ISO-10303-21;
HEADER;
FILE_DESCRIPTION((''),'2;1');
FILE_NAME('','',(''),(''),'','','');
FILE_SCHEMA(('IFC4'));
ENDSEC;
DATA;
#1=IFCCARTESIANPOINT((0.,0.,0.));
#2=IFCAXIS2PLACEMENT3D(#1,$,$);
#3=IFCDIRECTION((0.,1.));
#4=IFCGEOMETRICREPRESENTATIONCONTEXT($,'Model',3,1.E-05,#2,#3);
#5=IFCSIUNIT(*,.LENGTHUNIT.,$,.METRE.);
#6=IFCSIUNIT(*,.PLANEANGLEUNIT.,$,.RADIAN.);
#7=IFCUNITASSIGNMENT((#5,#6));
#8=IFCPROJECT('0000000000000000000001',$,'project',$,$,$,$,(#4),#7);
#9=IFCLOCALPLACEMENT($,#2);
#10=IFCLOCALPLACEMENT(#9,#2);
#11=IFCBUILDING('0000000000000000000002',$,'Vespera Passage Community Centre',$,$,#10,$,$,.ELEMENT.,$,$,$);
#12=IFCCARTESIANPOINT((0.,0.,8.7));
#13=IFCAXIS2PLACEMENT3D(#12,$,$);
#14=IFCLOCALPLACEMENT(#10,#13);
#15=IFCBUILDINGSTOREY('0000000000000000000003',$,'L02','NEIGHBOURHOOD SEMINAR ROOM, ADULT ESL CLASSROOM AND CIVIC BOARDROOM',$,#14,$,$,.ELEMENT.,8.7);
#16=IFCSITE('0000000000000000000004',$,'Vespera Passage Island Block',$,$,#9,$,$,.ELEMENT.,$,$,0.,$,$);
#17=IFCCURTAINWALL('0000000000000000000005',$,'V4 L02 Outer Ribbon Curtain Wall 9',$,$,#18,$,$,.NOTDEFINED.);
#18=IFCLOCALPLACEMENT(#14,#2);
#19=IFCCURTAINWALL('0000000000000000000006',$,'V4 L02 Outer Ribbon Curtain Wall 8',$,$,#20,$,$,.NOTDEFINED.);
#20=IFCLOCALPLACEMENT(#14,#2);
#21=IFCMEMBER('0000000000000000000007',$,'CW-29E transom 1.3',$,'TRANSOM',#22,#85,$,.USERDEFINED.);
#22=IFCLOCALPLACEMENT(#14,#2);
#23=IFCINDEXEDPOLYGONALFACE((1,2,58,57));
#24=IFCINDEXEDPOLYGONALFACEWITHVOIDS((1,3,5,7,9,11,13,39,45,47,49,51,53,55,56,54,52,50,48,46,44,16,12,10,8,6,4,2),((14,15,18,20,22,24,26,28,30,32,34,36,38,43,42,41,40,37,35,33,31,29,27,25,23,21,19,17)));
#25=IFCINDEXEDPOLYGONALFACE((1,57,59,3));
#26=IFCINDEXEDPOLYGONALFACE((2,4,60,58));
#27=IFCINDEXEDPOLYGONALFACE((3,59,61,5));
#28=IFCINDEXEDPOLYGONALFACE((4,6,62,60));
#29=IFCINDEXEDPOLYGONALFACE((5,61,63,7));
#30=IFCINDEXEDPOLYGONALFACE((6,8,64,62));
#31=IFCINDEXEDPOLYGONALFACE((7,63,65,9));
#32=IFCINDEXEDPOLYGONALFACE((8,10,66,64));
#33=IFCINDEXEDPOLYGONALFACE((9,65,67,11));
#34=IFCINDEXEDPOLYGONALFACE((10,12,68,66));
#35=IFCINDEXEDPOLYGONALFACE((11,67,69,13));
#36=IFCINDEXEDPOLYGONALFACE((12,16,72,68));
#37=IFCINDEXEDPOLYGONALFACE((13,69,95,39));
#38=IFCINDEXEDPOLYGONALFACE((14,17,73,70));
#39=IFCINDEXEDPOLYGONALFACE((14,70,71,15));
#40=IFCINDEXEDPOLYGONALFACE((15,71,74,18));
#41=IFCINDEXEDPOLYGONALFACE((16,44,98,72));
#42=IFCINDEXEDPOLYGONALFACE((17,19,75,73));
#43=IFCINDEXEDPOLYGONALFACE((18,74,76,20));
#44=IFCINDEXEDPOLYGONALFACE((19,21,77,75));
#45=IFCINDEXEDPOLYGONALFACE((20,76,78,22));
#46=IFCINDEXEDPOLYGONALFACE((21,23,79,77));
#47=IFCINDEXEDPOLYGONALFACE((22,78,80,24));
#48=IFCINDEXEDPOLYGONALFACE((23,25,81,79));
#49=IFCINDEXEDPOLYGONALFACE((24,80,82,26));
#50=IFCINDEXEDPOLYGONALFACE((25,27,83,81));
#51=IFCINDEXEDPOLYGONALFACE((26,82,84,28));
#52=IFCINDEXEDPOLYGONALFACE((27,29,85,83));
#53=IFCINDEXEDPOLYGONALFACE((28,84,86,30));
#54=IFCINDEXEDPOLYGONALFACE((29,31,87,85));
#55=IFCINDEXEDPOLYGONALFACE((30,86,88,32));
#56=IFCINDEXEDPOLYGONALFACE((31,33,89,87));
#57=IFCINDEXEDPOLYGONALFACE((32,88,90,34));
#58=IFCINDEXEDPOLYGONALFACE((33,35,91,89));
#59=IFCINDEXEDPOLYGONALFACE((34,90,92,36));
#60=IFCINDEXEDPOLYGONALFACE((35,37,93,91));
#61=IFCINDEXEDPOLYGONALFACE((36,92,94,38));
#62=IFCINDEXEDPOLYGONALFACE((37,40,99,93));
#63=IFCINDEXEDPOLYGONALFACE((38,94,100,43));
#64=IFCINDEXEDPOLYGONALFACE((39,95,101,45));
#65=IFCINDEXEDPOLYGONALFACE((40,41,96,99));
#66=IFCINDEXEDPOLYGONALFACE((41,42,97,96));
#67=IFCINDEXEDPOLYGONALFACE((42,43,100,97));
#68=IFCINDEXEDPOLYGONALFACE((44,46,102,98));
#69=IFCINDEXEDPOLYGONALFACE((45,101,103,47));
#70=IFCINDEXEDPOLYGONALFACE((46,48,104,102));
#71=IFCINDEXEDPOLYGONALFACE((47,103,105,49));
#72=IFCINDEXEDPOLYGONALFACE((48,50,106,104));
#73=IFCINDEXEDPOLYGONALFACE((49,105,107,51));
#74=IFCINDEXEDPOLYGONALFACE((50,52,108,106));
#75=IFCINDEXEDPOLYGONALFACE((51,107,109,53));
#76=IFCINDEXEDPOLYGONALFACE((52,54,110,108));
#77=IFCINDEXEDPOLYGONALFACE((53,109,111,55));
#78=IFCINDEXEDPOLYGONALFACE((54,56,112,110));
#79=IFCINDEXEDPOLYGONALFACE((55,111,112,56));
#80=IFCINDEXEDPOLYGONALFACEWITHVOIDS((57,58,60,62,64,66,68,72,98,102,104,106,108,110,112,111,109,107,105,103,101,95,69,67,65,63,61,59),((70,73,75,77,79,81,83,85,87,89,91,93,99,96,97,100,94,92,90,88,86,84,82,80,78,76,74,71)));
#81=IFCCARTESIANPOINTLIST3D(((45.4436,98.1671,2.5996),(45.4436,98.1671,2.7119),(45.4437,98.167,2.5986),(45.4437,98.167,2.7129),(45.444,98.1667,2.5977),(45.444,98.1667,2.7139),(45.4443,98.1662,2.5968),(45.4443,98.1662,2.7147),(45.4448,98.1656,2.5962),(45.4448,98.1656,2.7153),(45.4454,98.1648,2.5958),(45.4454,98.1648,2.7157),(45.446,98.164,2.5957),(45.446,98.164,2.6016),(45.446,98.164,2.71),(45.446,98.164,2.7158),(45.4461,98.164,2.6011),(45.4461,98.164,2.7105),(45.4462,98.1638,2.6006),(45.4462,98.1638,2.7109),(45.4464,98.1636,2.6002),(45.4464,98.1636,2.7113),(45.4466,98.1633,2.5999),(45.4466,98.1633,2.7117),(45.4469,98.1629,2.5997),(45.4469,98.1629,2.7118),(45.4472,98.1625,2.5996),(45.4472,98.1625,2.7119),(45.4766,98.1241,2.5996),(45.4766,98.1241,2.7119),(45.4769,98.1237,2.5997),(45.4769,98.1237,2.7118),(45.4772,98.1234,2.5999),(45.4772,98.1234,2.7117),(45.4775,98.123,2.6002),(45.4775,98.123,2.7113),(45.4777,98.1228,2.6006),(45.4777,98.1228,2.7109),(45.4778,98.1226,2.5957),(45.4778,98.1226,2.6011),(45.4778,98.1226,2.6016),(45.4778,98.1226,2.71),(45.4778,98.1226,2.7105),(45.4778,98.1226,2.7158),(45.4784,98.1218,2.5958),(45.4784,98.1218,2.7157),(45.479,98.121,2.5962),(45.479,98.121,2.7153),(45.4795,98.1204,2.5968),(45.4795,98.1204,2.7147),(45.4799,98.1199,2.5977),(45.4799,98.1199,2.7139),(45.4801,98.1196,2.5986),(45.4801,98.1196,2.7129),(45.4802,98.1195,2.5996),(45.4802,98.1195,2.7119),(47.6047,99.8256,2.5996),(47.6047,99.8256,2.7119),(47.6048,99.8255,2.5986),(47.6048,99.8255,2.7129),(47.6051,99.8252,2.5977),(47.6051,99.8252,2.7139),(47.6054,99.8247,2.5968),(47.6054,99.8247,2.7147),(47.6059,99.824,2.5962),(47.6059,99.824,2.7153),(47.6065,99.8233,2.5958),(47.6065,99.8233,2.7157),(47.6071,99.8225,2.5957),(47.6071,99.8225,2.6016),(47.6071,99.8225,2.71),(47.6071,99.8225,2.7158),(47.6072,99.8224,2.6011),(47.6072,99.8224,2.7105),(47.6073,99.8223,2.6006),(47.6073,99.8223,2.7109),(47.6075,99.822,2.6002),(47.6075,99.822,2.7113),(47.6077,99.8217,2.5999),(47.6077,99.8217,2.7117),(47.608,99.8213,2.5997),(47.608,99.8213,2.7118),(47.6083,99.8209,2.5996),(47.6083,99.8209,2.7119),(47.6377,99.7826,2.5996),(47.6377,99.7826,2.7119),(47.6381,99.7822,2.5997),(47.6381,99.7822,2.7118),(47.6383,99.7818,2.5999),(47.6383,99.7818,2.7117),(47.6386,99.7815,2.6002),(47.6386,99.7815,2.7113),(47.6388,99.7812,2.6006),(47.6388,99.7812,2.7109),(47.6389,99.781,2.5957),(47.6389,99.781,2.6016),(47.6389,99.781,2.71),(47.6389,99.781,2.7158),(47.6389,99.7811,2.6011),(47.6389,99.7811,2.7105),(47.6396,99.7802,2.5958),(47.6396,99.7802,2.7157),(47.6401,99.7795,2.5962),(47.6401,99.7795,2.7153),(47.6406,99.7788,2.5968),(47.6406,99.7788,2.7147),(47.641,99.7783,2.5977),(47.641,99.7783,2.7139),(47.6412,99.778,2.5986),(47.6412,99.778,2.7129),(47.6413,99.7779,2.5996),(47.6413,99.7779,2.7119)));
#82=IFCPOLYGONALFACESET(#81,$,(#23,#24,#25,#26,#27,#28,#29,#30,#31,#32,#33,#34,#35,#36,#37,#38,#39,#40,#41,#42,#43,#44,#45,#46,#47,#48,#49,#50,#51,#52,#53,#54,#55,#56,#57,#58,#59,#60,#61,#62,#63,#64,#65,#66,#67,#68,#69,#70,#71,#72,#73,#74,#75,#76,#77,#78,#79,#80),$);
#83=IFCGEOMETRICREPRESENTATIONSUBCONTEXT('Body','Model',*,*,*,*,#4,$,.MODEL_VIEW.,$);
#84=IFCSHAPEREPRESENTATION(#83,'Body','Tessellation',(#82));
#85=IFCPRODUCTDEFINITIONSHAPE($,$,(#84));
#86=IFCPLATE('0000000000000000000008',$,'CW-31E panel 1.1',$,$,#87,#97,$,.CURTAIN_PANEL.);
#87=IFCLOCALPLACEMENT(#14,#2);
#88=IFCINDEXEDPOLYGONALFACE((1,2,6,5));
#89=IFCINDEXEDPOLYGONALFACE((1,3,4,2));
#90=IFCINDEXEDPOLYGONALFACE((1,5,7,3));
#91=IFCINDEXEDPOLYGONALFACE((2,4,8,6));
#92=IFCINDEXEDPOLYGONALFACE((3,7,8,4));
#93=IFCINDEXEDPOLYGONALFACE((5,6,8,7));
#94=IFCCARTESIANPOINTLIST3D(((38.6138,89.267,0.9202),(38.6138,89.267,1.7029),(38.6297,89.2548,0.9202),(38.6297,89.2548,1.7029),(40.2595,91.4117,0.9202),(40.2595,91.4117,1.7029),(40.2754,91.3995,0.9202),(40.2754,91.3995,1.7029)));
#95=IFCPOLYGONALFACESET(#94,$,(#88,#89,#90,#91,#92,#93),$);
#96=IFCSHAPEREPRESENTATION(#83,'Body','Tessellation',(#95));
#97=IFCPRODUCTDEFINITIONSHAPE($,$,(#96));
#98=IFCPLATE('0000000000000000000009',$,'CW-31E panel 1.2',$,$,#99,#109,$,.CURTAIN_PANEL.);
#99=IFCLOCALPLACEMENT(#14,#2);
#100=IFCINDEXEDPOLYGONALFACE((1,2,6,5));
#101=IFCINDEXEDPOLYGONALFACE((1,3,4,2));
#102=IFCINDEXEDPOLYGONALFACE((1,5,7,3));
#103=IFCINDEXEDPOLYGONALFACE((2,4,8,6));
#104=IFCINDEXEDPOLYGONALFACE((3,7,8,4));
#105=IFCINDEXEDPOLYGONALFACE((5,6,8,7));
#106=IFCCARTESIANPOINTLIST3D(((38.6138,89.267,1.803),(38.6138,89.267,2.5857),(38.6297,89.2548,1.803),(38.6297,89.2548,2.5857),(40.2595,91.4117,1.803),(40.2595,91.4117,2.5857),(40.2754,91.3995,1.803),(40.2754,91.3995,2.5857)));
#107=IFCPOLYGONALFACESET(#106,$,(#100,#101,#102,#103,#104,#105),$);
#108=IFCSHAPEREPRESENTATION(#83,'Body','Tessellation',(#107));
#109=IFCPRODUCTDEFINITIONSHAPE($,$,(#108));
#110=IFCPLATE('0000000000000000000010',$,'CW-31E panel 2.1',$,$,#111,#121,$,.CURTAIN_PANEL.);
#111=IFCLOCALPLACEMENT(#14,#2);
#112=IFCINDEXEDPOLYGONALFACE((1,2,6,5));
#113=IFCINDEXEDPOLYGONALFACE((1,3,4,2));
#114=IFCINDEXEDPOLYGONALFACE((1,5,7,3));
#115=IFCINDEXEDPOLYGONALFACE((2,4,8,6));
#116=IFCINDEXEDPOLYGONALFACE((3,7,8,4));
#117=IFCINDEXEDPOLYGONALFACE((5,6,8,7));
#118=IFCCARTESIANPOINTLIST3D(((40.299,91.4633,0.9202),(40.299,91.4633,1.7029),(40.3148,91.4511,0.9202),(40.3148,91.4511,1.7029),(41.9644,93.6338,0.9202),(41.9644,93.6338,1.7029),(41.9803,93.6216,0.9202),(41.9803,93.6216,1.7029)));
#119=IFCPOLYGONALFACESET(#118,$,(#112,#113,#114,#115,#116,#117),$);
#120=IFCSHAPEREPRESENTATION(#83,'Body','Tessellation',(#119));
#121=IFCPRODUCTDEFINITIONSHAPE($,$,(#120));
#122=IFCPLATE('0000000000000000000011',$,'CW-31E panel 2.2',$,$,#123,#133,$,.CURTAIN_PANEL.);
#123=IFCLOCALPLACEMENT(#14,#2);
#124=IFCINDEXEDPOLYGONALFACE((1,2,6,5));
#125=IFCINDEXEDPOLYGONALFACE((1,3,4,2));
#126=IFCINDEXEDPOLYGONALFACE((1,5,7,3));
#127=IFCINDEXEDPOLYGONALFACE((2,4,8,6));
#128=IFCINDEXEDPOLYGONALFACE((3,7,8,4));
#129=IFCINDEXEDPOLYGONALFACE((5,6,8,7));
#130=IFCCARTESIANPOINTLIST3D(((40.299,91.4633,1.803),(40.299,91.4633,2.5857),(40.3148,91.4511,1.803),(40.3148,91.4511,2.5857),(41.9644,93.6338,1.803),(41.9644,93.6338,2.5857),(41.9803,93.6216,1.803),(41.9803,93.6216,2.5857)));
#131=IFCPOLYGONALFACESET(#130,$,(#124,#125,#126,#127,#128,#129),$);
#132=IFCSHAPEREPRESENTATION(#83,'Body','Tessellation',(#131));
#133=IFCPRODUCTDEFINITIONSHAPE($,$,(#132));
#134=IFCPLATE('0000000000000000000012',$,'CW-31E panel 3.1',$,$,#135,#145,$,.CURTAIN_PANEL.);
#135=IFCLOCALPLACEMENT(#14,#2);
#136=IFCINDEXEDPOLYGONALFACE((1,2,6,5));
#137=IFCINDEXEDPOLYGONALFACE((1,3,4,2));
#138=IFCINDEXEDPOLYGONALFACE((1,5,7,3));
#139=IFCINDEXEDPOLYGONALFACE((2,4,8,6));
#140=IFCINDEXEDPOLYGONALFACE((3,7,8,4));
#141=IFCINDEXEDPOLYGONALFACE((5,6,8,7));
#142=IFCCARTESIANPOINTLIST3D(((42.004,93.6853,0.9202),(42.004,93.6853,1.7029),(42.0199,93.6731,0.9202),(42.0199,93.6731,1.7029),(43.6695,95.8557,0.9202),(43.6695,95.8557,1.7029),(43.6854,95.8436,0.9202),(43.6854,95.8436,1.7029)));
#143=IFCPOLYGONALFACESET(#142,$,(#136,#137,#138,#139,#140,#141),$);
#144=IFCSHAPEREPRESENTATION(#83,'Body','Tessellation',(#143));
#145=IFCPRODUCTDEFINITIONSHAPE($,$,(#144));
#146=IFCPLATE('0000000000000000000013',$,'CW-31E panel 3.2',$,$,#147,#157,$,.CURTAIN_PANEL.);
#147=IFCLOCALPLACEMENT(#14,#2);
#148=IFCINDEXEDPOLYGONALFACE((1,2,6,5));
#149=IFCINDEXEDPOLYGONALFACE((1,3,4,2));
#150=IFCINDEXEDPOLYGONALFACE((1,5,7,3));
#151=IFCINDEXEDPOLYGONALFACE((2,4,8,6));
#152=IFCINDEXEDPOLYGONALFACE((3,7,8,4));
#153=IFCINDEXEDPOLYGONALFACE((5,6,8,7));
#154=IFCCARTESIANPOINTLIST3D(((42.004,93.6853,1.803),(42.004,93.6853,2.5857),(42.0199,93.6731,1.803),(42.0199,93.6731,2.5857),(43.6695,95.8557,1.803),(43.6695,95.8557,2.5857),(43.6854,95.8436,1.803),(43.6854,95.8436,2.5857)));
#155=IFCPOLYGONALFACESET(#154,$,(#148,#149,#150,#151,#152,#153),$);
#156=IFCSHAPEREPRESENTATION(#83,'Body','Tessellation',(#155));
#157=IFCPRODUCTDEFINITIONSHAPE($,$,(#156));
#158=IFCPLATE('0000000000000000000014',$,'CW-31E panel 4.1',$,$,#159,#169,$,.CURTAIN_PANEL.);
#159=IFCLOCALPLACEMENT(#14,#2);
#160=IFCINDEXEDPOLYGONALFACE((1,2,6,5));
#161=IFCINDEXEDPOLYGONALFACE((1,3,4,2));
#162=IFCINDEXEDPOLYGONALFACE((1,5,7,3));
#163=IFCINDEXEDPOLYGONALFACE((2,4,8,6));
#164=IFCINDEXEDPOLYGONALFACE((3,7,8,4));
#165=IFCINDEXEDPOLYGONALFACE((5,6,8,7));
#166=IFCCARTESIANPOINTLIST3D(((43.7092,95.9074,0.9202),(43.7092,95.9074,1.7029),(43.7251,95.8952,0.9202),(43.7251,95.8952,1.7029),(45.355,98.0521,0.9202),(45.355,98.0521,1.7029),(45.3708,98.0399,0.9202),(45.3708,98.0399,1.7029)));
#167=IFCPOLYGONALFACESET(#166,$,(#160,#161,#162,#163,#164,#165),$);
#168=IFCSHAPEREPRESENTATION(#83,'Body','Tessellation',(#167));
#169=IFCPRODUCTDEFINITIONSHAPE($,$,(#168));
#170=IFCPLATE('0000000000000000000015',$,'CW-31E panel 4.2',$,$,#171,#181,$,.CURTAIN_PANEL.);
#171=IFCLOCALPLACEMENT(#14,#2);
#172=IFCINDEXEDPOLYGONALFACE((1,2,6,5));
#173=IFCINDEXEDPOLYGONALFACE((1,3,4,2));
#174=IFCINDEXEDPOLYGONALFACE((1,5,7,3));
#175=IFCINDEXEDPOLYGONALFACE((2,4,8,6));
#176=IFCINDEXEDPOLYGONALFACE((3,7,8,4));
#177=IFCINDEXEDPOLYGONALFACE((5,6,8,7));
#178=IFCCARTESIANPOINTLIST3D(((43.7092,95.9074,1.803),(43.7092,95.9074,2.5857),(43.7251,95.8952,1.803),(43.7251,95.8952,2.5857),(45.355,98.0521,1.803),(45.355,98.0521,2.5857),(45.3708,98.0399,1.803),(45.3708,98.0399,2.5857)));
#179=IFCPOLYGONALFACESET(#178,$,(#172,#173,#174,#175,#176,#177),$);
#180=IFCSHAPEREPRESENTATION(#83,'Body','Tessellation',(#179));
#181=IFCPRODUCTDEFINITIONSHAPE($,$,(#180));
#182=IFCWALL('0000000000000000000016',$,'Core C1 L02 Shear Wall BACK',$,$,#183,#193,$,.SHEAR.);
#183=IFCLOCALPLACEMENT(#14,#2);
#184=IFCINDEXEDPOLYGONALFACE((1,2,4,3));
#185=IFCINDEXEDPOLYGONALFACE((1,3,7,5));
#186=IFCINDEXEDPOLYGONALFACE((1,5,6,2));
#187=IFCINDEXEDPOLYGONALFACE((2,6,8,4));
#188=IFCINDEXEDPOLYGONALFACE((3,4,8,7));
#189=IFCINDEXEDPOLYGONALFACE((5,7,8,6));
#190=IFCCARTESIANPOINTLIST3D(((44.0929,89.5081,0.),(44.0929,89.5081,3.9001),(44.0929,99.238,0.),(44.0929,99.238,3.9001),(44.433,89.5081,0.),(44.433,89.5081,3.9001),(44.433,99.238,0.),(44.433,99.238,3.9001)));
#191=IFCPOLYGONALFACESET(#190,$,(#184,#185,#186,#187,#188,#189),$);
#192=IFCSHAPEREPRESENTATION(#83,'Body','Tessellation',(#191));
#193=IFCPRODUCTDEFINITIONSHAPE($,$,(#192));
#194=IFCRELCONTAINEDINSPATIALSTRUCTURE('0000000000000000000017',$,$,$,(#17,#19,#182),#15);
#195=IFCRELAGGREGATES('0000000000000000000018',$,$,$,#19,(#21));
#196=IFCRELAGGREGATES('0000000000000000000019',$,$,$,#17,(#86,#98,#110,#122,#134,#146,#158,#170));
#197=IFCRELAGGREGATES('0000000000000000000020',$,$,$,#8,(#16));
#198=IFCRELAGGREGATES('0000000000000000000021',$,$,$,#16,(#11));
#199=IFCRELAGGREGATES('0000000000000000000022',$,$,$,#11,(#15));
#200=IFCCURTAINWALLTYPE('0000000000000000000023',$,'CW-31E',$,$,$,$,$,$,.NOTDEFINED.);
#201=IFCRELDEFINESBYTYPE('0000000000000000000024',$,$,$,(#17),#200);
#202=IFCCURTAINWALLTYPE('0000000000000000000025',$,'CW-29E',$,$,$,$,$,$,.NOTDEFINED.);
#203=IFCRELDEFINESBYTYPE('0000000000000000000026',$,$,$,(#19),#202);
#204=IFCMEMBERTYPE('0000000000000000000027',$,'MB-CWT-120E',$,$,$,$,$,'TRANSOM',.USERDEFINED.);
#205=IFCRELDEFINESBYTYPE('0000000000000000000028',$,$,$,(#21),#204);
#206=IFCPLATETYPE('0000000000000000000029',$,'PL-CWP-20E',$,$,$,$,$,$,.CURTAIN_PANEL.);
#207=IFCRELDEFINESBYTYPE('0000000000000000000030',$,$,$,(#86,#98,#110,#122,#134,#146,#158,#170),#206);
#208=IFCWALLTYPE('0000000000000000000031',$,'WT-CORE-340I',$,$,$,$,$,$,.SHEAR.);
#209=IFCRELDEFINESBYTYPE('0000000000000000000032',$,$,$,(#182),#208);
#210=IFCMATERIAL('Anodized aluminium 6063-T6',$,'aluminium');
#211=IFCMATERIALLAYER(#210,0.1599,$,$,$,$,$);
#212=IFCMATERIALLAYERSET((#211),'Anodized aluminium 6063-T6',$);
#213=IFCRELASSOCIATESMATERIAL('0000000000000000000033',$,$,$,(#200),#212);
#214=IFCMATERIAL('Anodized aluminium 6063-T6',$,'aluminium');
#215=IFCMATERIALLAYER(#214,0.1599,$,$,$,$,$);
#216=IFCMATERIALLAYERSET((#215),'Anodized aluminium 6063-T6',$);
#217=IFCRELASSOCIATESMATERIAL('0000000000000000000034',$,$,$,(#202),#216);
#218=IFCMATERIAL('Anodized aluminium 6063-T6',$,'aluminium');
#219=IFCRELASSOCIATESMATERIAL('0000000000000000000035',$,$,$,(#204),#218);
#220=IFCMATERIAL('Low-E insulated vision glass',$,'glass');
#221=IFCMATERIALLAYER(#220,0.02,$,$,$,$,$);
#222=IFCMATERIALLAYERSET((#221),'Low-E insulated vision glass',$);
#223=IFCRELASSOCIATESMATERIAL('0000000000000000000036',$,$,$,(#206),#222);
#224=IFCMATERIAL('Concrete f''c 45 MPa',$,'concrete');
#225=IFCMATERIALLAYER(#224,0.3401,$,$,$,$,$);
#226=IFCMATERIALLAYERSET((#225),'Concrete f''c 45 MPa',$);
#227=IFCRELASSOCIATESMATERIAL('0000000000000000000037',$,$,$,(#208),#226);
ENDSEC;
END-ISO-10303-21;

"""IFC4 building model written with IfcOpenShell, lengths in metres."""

from ifc_helpers import new_model, si_unit, direction, frame, frame_2d, origin, origin_2d, place, context, subcontext, project, spatial, rectangle, hollow_rectangle, extrude, material, layer, layer_set, material_profile, profile_set, type_object, element, aggregate, save


model = new_model("IFC4")

# Units and contexts
model_context = context("Model", 3, precision=1e-05, world=origin(), true_north=direction((0.0, 1.0)))
body_context = subcontext(model_context, "Body", "Model", "MODEL_VIEW")
ifc_project = project(units=[si_unit("LENGTHUNIT", "METRE"), si_unit("PLANEANGLEUNIT", "RADIAN")], contexts=[model_context])

# Site, building, storey
site_placement = place(None, origin())
site = spatial("IfcSite", under=ifc_project, at=site_placement, Name="Vespera Passage Island Block", CompositionType="ELEMENT", RefElevation=0.0)
building_placement = place(site_placement, origin())
building = spatial("IfcBuilding", under=site, at=building_placement, Name="Vespera Passage Community Centre", CompositionType="ELEMENT")
storey_placement = place(building_placement, frame((0.0, 0.0, 8.7)))
storey = spatial("IfcBuildingStorey", under=building, at=storey_placement, Name="L02", Description="NEIGHBOURHOOD SEMINAR ROOM, ADULT ESL CLASSROOM AND CIVIC BOARDROOM", CompositionType="ELEMENT", Elevation=8.7)

# Curtain wall
ifc_material_1 = material(Name="Anodized aluminium 6063-T6", Category="aluminium")
ifc_layer_1 = layer(ifc_material_1, 0.1599)
ifc_layer_set_1 = layer_set([ifc_layer_1], Name="Anodized aluminium 6063-T6")
curtain_wall_type_1 = type_object("IfcCurtainWallType", Name="CW-31E", PredefinedType="NOTDEFINED", material=ifc_layer_set_1)
curtain_wall_1_placement = place(storey_placement, origin())
curtain_wall_1 = element("IfcCurtainWall", 1, at=curtain_wall_1_placement, inside=storey, type_object=curtain_wall_type_1, Name="V4 L02 Outer Ribbon Curtain Wall 9", PredefinedType="NOTDEFINED")

# Curtain wall
ifc_material_2 = material(Name="Anodized aluminium 6063-T6", Category="aluminium")
ifc_layer_2 = layer(ifc_material_2, 0.1599)
ifc_layer_set_2 = layer_set([ifc_layer_2], Name="Anodized aluminium 6063-T6")
curtain_wall_type_2 = type_object("IfcCurtainWallType", Name="CW-29E", PredefinedType="NOTDEFINED", material=ifc_layer_set_2)
curtain_wall_2_placement = place(storey_placement, origin())
curtain_wall_2 = element("IfcCurtainWall", 2, at=curtain_wall_2_placement, inside=storey, type_object=curtain_wall_type_2, Name="V4 L02 Outer Ribbon Curtain Wall 8", PredefinedType="NOTDEFINED")

# Member
ifc_material_3 = material(Name="Anodized aluminium 6063-T6", Category="aluminium")
ifc_material_profile_1 = material_profile(ifc_material_3, hollow_rectangle(XDim=0.0601, YDim=0.1201, WallThickness=0.0039, InnerFilletRadius=0.002, OuterFilletRadius=0.0039, at=origin_2d()), Name="ALU120X60X4")
ifc_profile_set_1 = profile_set([ifc_material_profile_1], Name="Anodized aluminium 6063-T6")
member_type_1 = type_object("IfcMemberType", Name="MB-CWT-120E", ElementType="TRANSOM", PredefinedType="USERDEFINED", material=ifc_profile_set_1)
member_1_placement = place(storey_placement, frame((45.4619, 98.1433, 2.6558), z_axis=(0.793326, 0.608796, 0.0), x_axis=(-0.608796, 0.793326, 0.0)))
member_1 = element("IfcMember", 3, at=member_1_placement, type_object=member_type_1, Name="CW-29E transom 1.3", ObjectType="TRANSOM", PredefinedType="USERDEFINED", context=body_context, shape_type="SweptSolid", body=[
    extrude(hollow_rectangle(XDim=0.0601, YDim=0.1201, WallThickness=0.0039, InnerFilletRadius=0.002, OuterFilletRadius=0.0039, at=origin_2d()), origin(), (0.0, 0.0, 1.0), 2.7241),
])
aggregate(curtain_wall_2, [member_1])

# Plates
ifc_material_4 = material(Name="Low-E insulated vision glass", Category="glass")
ifc_layer_3 = layer(ifc_material_4, 0.02)
ifc_layer_set_3 = layer_set([ifc_layer_3], Name="Low-E insulated vision glass")
plate_type = type_object("IfcPlateType", Name="PL-CWP-20E", PredefinedType="CURTAIN_PANEL", material=ifc_layer_set_3)
plate_1_placement = place(storey_placement, frame((39.4446, 90.3333, 0.9202), z_axis=(0.0, 0.0, 1.0), x_axis=(0.608765, 0.79335, 0.0)))
plate_1 = element("IfcPlate", 4, at=plate_1_placement, type_object=plate_type, Name="CW-31E panel 1.1", PredefinedType="CURTAIN_PANEL", context=body_context, shape_type="SweptSolid", body=[
    extrude(rectangle(XDim=2.7034, YDim=0.02, at=origin_2d()), origin(), (0.0, 0.0, 1.0), 0.7827),
])
plate_2_placement = place(storey_placement, frame((39.4446, 90.3333, 1.803), z_axis=(0.0, 0.0, 1.0), x_axis=(0.608765, 0.79335, 0.0)))
plate_2 = element("IfcPlate", 5, at=plate_2_placement, type_object=plate_type, Name="CW-31E panel 1.2", PredefinedType="CURTAIN_PANEL", context=body_context, shape_type="SweptSolid", body=[
    extrude(rectangle(XDim=2.7034, YDim=0.02, at=origin_2d()), origin(), (0.0, 0.0, 1.0), 0.7827),
])
plate_3_placement = place(storey_placement, frame((41.1396, 92.5425, 0.9202), z_axis=(0.0, 0.0, 1.0), x_axis=(0.608765, 0.79335, 0.0)))
plate_3 = element("IfcPlate", 6, at=plate_3_placement, type_object=plate_type, Name="CW-31E panel 2.1", PredefinedType="CURTAIN_PANEL", context=body_context, shape_type="SweptSolid", body=[
    extrude(rectangle(XDim=2.7358, YDim=0.02, at=origin_2d()), origin(), (0.0, 0.0, 1.0), 0.7827),
])
plate_4_placement = place(storey_placement, frame((41.1396, 92.5425, 1.803), z_axis=(0.0, 0.0, 1.0), x_axis=(0.608765, 0.79335, 0.0)))
plate_4 = element("IfcPlate", 7, at=plate_4_placement, type_object=plate_type, Name="CW-31E panel 2.2", PredefinedType="CURTAIN_PANEL", context=body_context, shape_type="SweptSolid", body=[
    extrude(rectangle(XDim=2.7358, YDim=0.02, at=origin_2d()), origin(), (0.0, 0.0, 1.0), 0.7827),
])
plate_5_placement = place(storey_placement, frame((42.8447, 94.7644, 0.9202), z_axis=(0.0, 0.0, 1.0), x_axis=(0.608765, 0.79335, 0.0)))
plate_5 = element("IfcPlate", 8, at=plate_5_placement, type_object=plate_type, Name="CW-31E panel 3.1", PredefinedType="CURTAIN_PANEL", context=body_context, shape_type="SweptSolid", body=[
    extrude(rectangle(XDim=2.7358, YDim=0.02, at=origin_2d()), origin(), (0.0, 0.0, 1.0), 0.7827),
])
plate_6_placement = place(storey_placement, frame((42.8447, 94.7644, 1.803), z_axis=(0.0, 0.0, 1.0), x_axis=(0.608765, 0.79335, 0.0)))
plate_6 = element("IfcPlate", 9, at=plate_6_placement, type_object=plate_type, Name="CW-31E panel 3.2", PredefinedType="CURTAIN_PANEL", context=body_context, shape_type="SweptSolid", body=[
    extrude(rectangle(XDim=2.7358, YDim=0.02, at=origin_2d()), origin(), (0.0, 0.0, 1.0), 0.7827),
])
plate_7_placement = place(storey_placement, frame((44.54, 96.9736, 0.9202), z_axis=(0.0, 0.0, 1.0), x_axis=(0.608765, 0.79335, 0.0)))
plate_7 = element("IfcPlate", 10, at=plate_7_placement, type_object=plate_type, Name="CW-31E panel 4.1", PredefinedType="CURTAIN_PANEL", context=body_context, shape_type="SweptSolid", body=[
    extrude(rectangle(XDim=2.7034, YDim=0.02, at=origin_2d()), origin(), (0.0, 0.0, 1.0), 0.7827),
])
plate_8_placement = place(storey_placement, frame((44.54, 96.9736, 1.803), z_axis=(0.0, 0.0, 1.0), x_axis=(0.608765, 0.79335, 0.0)))
plate_8 = element("IfcPlate", 11, at=plate_8_placement, type_object=plate_type, Name="CW-31E panel 4.2", PredefinedType="CURTAIN_PANEL", context=body_context, shape_type="SweptSolid", body=[
    extrude(rectangle(XDim=2.7034, YDim=0.02, at=origin_2d()), origin(), (0.0, 0.0, 1.0), 0.7827),
])
aggregate(curtain_wall_1, [plate_1, plate_2, plate_3, plate_4, plate_5, plate_6, plate_7, plate_8])

# Wall
ifc_material_5 = material(Name="Concrete f'c 45 MPa", Category="concrete")
ifc_layer_4 = layer(ifc_material_5, 0.3401)
ifc_layer_set_4 = layer_set([ifc_layer_4], Name="Concrete f'c 45 MPa")
wall_type_1 = type_object("IfcWallType", Name="WT-CORE-340I", PredefinedType="SHEAR", material=ifc_layer_set_4)
wall_1_placement = place(storey_placement, frame((44.2629, 89.5081, 0.0), z_axis=(0.0, 0.0, 1.0), x_axis=(0.0, 1.0, 0.0)))
element("IfcWall", 12, at=wall_1_placement, inside=storey, type_object=wall_type_1, Name="Core C1 L02 Shear Wall BACK", PredefinedType="SHEAR", context=body_context, shape_type="SweptSolid", body=[
    extrude(rectangle(XDim=9.73, YDim=0.3401, at=frame_2d((4.865, 0.0))), origin(), (0.0, 0.0, 1.0), 3.9001),
])

save(model, "model.ifc")
